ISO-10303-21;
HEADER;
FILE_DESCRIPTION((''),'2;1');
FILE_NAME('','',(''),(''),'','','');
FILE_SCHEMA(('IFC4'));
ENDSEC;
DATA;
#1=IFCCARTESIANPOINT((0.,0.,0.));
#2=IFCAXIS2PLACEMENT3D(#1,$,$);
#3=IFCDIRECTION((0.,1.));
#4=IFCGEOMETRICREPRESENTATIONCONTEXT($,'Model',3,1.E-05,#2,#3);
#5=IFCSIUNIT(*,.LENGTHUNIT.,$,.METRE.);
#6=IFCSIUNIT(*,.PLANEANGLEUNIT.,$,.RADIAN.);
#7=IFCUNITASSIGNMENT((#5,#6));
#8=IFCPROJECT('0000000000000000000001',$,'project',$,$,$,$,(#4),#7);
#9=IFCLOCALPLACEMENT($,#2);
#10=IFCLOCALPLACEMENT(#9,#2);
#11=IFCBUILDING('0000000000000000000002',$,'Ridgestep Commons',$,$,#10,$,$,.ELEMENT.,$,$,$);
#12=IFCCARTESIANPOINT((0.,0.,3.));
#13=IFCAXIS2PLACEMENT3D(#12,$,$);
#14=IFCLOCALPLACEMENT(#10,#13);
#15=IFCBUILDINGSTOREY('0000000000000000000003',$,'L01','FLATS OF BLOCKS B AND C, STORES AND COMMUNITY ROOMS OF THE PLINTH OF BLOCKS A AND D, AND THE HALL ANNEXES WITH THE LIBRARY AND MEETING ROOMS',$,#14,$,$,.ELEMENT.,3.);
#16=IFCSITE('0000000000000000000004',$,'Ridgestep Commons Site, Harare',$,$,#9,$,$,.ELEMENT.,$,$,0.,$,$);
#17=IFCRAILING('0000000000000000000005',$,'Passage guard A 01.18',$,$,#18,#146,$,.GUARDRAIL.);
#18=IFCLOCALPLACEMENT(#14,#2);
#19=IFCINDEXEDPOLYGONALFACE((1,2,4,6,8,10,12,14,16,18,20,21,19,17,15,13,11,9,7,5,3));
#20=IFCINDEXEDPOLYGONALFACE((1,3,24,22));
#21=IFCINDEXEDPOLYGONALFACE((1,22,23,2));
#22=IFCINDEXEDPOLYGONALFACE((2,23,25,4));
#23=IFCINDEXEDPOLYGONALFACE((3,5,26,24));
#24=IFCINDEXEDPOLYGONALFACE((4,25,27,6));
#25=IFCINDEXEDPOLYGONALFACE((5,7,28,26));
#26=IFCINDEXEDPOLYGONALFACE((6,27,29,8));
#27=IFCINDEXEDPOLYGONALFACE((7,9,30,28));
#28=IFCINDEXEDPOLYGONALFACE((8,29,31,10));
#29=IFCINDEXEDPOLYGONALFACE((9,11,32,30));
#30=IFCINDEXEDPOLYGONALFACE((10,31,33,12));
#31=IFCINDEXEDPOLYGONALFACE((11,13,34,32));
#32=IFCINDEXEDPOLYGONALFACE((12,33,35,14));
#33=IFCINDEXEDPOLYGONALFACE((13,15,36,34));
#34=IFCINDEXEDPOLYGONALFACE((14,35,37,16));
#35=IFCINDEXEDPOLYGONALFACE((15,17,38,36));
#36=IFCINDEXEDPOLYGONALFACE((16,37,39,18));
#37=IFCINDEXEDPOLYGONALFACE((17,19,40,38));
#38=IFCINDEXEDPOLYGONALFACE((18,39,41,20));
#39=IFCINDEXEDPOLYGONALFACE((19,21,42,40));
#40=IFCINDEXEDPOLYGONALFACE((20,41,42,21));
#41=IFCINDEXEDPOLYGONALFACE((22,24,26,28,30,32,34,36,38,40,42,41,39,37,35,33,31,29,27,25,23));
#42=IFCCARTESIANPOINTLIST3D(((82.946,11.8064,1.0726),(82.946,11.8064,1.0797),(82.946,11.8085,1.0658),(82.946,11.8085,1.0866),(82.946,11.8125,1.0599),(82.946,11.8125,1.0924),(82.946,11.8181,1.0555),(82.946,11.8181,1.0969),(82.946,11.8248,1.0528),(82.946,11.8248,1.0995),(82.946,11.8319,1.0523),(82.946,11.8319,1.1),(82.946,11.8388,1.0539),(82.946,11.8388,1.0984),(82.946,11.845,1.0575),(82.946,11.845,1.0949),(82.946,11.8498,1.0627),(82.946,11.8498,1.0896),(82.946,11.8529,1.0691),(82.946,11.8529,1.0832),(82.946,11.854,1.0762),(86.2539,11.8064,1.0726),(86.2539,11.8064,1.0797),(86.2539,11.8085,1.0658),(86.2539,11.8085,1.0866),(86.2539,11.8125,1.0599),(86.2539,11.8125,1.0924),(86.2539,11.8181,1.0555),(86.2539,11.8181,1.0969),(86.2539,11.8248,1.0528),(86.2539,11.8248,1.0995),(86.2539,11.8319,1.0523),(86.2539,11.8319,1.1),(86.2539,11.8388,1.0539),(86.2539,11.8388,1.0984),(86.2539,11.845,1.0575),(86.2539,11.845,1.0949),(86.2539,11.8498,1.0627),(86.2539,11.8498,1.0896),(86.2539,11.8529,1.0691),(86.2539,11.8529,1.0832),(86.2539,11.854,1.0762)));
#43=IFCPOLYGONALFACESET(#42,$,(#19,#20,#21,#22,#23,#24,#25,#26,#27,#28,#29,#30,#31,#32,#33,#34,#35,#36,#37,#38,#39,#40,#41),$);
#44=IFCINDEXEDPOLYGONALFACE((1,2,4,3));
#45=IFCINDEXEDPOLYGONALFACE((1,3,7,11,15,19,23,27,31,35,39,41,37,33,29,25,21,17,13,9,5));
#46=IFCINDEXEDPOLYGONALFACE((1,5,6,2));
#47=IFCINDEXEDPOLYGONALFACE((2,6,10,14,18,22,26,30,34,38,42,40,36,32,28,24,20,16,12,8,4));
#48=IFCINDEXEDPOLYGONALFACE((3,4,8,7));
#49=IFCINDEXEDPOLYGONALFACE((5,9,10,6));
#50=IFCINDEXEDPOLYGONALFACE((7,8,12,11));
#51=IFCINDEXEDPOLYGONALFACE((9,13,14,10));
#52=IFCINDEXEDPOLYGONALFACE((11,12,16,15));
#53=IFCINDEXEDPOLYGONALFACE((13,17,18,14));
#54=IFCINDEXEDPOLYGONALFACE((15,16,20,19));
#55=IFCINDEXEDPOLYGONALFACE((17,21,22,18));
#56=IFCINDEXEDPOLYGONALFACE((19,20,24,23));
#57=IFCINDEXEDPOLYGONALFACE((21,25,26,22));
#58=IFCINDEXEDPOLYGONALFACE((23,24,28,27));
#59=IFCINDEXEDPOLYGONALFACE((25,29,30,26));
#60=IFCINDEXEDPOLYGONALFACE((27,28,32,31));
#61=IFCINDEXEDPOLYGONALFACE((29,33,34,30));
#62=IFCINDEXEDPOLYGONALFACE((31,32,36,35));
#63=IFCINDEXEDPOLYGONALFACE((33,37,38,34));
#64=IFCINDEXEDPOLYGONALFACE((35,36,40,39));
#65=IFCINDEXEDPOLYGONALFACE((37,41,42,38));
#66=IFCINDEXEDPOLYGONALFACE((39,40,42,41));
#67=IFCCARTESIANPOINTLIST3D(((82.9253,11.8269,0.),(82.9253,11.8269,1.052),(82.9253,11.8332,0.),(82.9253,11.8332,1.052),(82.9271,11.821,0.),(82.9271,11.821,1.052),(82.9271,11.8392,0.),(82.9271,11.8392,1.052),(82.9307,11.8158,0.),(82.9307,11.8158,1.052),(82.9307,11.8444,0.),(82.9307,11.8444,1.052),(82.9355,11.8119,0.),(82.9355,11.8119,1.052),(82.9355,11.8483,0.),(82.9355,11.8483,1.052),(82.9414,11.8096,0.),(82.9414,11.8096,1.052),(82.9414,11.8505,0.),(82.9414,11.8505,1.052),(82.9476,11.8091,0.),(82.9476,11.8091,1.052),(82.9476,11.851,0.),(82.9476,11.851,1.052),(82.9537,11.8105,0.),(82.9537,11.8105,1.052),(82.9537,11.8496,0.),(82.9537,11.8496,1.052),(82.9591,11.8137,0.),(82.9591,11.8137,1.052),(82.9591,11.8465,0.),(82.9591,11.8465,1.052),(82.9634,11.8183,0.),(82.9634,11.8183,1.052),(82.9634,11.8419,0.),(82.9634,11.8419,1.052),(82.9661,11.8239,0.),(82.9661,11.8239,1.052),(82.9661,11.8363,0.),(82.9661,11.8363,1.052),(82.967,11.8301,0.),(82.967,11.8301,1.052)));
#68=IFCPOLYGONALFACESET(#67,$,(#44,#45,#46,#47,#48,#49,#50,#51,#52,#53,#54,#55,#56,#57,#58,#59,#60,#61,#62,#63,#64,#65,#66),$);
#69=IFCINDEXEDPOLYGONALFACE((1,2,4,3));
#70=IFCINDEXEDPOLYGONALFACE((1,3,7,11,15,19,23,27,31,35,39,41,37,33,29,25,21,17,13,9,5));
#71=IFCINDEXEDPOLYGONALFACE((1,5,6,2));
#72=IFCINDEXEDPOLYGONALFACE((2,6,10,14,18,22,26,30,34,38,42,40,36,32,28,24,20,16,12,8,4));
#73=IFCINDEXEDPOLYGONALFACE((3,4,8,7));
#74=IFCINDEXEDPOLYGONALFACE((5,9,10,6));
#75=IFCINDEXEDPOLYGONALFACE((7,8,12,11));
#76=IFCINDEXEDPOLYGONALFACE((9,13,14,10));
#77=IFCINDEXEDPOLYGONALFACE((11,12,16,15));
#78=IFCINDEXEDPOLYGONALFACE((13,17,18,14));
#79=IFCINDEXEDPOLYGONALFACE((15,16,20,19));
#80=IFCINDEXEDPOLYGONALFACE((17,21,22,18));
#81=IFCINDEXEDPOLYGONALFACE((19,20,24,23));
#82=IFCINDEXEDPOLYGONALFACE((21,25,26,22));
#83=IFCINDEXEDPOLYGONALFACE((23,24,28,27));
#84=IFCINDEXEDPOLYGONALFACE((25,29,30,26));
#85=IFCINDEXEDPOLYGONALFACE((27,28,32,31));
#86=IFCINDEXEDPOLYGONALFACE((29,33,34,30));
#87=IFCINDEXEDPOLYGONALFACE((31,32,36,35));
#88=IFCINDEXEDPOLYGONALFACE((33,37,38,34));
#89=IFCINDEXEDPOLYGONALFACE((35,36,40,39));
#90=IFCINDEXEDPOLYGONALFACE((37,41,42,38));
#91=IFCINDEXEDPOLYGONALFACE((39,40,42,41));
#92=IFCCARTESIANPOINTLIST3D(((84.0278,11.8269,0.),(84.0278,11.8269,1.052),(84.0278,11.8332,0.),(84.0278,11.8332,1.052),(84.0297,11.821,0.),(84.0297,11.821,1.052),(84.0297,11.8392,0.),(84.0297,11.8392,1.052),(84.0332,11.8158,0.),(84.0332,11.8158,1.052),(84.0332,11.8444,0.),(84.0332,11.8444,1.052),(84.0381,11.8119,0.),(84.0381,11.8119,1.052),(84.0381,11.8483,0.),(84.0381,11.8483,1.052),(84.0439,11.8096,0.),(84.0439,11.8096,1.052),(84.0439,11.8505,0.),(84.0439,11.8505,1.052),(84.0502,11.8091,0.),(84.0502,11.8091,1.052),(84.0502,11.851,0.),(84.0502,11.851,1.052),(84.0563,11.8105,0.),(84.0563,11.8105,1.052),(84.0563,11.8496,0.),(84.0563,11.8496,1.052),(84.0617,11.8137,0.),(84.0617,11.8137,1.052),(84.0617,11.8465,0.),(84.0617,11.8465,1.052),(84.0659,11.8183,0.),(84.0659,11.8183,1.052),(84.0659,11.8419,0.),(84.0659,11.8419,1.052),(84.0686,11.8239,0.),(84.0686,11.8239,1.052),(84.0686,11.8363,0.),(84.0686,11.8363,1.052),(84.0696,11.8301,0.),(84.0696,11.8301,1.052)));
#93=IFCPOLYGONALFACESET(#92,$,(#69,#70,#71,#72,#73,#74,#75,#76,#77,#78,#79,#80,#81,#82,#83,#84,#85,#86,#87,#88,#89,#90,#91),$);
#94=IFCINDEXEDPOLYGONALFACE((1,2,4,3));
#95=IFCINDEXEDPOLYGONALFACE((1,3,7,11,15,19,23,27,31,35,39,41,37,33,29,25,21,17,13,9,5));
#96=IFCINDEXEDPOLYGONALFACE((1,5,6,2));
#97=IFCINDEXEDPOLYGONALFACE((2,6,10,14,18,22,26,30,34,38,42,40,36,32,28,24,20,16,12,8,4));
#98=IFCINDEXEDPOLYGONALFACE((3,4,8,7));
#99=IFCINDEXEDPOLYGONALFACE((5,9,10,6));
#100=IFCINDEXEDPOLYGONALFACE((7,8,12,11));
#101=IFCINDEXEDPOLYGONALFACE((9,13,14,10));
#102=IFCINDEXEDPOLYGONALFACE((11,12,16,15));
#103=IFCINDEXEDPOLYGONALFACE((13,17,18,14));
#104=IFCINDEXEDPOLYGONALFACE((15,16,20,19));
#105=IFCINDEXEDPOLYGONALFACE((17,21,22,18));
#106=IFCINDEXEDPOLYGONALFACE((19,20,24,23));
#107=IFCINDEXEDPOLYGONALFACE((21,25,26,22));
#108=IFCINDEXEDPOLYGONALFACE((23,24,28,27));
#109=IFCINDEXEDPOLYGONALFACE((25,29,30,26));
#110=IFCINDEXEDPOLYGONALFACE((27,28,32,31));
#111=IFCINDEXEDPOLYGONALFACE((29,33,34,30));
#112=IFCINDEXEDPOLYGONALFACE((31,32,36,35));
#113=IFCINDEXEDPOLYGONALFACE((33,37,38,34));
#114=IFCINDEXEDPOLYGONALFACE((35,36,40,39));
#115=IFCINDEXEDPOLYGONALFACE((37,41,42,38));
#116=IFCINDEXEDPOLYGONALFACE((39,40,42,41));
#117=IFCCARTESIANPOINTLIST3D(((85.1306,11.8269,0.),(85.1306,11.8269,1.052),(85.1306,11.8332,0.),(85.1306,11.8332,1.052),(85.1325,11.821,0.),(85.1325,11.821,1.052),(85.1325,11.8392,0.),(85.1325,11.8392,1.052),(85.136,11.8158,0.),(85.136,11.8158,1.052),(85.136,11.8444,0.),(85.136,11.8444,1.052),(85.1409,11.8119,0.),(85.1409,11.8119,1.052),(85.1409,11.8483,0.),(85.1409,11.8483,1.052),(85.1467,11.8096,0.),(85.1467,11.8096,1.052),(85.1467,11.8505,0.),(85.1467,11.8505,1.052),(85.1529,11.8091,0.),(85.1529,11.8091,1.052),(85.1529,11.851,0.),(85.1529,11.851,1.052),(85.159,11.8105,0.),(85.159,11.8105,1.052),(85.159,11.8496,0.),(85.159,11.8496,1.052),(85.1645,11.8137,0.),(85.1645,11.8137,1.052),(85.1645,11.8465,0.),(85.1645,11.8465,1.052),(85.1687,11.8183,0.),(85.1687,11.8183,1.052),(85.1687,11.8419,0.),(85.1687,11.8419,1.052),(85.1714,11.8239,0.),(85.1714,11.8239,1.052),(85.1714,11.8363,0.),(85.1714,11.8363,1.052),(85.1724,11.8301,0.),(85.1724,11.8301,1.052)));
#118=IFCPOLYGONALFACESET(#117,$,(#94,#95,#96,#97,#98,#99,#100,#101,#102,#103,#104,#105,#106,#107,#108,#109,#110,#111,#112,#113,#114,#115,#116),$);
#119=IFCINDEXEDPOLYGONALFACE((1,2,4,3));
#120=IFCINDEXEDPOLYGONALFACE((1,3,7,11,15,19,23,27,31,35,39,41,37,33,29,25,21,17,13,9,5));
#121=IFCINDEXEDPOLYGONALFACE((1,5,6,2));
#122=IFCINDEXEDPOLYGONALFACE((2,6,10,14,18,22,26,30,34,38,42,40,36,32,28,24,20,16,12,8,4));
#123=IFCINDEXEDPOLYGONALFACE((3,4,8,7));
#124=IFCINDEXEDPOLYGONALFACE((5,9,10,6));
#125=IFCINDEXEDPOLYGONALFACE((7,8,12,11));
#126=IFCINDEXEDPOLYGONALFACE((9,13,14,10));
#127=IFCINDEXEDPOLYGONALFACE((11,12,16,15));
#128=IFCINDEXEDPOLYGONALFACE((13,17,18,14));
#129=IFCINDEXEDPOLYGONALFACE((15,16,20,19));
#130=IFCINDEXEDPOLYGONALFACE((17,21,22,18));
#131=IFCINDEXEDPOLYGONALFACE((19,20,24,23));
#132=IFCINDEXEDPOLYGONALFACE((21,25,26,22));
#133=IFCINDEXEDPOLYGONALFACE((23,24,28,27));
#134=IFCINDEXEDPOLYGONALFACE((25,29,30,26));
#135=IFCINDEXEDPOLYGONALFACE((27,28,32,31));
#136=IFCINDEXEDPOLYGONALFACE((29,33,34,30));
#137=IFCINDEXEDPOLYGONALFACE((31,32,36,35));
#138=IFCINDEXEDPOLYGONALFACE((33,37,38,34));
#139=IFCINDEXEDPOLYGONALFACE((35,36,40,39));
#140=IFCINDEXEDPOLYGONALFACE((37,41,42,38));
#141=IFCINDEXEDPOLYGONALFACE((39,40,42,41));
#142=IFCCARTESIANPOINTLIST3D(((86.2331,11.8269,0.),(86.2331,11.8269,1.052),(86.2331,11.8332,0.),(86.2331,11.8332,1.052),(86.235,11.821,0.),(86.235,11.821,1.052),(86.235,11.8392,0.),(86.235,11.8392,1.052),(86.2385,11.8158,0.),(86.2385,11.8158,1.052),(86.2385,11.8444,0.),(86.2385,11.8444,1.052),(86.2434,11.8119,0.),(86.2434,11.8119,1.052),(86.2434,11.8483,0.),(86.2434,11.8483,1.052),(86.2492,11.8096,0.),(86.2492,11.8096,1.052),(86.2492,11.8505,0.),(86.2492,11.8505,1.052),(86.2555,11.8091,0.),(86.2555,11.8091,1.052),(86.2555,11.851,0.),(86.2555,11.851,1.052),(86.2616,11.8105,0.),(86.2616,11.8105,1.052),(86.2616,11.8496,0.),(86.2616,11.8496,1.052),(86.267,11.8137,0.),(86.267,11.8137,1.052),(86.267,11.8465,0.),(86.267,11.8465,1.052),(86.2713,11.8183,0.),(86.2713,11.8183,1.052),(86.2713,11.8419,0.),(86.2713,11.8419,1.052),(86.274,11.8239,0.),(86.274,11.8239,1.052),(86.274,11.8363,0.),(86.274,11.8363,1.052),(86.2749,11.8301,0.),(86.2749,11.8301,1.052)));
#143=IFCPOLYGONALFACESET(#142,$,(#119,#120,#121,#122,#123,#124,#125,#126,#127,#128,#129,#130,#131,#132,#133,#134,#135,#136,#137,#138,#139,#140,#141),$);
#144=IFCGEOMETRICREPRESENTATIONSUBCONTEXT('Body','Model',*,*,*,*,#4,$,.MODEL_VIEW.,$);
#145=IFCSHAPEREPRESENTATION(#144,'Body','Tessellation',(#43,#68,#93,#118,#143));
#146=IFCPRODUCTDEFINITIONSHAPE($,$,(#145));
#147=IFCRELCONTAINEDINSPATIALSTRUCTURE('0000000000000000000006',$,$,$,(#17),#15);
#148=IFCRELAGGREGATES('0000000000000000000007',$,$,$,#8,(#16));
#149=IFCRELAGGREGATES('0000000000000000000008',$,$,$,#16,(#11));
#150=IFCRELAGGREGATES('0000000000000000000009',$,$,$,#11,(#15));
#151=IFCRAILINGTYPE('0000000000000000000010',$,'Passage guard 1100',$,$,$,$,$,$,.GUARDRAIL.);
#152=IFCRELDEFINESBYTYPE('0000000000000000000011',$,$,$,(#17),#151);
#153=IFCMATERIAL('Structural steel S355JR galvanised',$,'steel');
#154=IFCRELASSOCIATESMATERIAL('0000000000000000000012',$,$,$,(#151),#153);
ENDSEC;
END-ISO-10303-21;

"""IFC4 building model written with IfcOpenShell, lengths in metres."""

from ifc_helpers import new_model, si_unit, direction, frame, origin, origin_2d, place, context, subcontext, project, spatial, circle, extrude, material, type_object, element, save


model = new_model("IFC4")

# Units and contexts
model_context = context("Model", 3, precision=1e-05, world=origin(), true_north=direction((0.0, 1.0)))
body_context = subcontext(model_context, "Body", "Model", "MODEL_VIEW")
ifc_project = project(units=[si_unit("LENGTHUNIT", "METRE"), si_unit("PLANEANGLEUNIT", "RADIAN")], contexts=[model_context])

# Site, building, storey
site_placement = place(None, origin())
site = spatial("IfcSite", under=ifc_project, at=site_placement, Name="Ridgestep Commons Site, Harare", CompositionType="ELEMENT", RefElevation=0.0)
building_placement = place(site_placement, origin())
building = spatial("IfcBuilding", under=site, at=building_placement, Name="Ridgestep Commons", CompositionType="ELEMENT")
storey_placement = place(building_placement, frame((0.0, 0.0, 3.0)))
storey = spatial("IfcBuildingStorey", under=building, at=storey_placement, Name="L01", Description="FLATS OF BLOCKS B AND C, STORES AND COMMUNITY ROOMS OF THE PLINTH OF BLOCKS A AND D, AND THE HALL ANNEXES WITH THE LIBRARY AND MEETING ROOMS", CompositionType="ELEMENT", Elevation=3.0)

# Railing
ifc_material_1 = material(Name="Structural steel S355JR galvanised", Category="steel")
railing_type = type_object("IfcRailingType", Name="Passage guard 1100", PredefinedType="GUARDRAIL", material=ifc_material_1)
railing_1_placement = place(storey_placement, frame((82.946, 11.8301, 0.0)))
element("IfcRailing", 1, at=railing_1_placement, inside=storey, type_object=railing_type, Name="Passage guard A 01.18", PredefinedType="GUARDRAIL", context=body_context, shape_type="SweptSolid", body=[
    extrude(circle(Radius=0.0239, at=origin_2d()), frame((0.0, 0.0, 1.0762), z_axis=(1.0, 0.0, 0.0), x_axis=(0.0, 1.0, 0.0)), (0.0, 0.0, 1.0), 3.3079),
    extrude(circle(Radius=0.021, at=origin_2d()), origin(), (0.0, 0.0, 1.0), 1.052),
    extrude(circle(Radius=0.021, at=origin_2d()), frame((1.1025, 0.0, 0.0)), (0.0, 0.0, 1.0), 1.052),
    extrude(circle(Radius=0.021, at=origin_2d()), frame((2.2053, 0.0, 0.0)), (0.0, 0.0, 1.0), 1.052),
    extrude(circle(Radius=0.021, at=origin_2d()), frame((3.3079, 0.0, 0.0)), (0.0, 0.0, 1.0), 1.052),
])

save(model, "model.ifc")
